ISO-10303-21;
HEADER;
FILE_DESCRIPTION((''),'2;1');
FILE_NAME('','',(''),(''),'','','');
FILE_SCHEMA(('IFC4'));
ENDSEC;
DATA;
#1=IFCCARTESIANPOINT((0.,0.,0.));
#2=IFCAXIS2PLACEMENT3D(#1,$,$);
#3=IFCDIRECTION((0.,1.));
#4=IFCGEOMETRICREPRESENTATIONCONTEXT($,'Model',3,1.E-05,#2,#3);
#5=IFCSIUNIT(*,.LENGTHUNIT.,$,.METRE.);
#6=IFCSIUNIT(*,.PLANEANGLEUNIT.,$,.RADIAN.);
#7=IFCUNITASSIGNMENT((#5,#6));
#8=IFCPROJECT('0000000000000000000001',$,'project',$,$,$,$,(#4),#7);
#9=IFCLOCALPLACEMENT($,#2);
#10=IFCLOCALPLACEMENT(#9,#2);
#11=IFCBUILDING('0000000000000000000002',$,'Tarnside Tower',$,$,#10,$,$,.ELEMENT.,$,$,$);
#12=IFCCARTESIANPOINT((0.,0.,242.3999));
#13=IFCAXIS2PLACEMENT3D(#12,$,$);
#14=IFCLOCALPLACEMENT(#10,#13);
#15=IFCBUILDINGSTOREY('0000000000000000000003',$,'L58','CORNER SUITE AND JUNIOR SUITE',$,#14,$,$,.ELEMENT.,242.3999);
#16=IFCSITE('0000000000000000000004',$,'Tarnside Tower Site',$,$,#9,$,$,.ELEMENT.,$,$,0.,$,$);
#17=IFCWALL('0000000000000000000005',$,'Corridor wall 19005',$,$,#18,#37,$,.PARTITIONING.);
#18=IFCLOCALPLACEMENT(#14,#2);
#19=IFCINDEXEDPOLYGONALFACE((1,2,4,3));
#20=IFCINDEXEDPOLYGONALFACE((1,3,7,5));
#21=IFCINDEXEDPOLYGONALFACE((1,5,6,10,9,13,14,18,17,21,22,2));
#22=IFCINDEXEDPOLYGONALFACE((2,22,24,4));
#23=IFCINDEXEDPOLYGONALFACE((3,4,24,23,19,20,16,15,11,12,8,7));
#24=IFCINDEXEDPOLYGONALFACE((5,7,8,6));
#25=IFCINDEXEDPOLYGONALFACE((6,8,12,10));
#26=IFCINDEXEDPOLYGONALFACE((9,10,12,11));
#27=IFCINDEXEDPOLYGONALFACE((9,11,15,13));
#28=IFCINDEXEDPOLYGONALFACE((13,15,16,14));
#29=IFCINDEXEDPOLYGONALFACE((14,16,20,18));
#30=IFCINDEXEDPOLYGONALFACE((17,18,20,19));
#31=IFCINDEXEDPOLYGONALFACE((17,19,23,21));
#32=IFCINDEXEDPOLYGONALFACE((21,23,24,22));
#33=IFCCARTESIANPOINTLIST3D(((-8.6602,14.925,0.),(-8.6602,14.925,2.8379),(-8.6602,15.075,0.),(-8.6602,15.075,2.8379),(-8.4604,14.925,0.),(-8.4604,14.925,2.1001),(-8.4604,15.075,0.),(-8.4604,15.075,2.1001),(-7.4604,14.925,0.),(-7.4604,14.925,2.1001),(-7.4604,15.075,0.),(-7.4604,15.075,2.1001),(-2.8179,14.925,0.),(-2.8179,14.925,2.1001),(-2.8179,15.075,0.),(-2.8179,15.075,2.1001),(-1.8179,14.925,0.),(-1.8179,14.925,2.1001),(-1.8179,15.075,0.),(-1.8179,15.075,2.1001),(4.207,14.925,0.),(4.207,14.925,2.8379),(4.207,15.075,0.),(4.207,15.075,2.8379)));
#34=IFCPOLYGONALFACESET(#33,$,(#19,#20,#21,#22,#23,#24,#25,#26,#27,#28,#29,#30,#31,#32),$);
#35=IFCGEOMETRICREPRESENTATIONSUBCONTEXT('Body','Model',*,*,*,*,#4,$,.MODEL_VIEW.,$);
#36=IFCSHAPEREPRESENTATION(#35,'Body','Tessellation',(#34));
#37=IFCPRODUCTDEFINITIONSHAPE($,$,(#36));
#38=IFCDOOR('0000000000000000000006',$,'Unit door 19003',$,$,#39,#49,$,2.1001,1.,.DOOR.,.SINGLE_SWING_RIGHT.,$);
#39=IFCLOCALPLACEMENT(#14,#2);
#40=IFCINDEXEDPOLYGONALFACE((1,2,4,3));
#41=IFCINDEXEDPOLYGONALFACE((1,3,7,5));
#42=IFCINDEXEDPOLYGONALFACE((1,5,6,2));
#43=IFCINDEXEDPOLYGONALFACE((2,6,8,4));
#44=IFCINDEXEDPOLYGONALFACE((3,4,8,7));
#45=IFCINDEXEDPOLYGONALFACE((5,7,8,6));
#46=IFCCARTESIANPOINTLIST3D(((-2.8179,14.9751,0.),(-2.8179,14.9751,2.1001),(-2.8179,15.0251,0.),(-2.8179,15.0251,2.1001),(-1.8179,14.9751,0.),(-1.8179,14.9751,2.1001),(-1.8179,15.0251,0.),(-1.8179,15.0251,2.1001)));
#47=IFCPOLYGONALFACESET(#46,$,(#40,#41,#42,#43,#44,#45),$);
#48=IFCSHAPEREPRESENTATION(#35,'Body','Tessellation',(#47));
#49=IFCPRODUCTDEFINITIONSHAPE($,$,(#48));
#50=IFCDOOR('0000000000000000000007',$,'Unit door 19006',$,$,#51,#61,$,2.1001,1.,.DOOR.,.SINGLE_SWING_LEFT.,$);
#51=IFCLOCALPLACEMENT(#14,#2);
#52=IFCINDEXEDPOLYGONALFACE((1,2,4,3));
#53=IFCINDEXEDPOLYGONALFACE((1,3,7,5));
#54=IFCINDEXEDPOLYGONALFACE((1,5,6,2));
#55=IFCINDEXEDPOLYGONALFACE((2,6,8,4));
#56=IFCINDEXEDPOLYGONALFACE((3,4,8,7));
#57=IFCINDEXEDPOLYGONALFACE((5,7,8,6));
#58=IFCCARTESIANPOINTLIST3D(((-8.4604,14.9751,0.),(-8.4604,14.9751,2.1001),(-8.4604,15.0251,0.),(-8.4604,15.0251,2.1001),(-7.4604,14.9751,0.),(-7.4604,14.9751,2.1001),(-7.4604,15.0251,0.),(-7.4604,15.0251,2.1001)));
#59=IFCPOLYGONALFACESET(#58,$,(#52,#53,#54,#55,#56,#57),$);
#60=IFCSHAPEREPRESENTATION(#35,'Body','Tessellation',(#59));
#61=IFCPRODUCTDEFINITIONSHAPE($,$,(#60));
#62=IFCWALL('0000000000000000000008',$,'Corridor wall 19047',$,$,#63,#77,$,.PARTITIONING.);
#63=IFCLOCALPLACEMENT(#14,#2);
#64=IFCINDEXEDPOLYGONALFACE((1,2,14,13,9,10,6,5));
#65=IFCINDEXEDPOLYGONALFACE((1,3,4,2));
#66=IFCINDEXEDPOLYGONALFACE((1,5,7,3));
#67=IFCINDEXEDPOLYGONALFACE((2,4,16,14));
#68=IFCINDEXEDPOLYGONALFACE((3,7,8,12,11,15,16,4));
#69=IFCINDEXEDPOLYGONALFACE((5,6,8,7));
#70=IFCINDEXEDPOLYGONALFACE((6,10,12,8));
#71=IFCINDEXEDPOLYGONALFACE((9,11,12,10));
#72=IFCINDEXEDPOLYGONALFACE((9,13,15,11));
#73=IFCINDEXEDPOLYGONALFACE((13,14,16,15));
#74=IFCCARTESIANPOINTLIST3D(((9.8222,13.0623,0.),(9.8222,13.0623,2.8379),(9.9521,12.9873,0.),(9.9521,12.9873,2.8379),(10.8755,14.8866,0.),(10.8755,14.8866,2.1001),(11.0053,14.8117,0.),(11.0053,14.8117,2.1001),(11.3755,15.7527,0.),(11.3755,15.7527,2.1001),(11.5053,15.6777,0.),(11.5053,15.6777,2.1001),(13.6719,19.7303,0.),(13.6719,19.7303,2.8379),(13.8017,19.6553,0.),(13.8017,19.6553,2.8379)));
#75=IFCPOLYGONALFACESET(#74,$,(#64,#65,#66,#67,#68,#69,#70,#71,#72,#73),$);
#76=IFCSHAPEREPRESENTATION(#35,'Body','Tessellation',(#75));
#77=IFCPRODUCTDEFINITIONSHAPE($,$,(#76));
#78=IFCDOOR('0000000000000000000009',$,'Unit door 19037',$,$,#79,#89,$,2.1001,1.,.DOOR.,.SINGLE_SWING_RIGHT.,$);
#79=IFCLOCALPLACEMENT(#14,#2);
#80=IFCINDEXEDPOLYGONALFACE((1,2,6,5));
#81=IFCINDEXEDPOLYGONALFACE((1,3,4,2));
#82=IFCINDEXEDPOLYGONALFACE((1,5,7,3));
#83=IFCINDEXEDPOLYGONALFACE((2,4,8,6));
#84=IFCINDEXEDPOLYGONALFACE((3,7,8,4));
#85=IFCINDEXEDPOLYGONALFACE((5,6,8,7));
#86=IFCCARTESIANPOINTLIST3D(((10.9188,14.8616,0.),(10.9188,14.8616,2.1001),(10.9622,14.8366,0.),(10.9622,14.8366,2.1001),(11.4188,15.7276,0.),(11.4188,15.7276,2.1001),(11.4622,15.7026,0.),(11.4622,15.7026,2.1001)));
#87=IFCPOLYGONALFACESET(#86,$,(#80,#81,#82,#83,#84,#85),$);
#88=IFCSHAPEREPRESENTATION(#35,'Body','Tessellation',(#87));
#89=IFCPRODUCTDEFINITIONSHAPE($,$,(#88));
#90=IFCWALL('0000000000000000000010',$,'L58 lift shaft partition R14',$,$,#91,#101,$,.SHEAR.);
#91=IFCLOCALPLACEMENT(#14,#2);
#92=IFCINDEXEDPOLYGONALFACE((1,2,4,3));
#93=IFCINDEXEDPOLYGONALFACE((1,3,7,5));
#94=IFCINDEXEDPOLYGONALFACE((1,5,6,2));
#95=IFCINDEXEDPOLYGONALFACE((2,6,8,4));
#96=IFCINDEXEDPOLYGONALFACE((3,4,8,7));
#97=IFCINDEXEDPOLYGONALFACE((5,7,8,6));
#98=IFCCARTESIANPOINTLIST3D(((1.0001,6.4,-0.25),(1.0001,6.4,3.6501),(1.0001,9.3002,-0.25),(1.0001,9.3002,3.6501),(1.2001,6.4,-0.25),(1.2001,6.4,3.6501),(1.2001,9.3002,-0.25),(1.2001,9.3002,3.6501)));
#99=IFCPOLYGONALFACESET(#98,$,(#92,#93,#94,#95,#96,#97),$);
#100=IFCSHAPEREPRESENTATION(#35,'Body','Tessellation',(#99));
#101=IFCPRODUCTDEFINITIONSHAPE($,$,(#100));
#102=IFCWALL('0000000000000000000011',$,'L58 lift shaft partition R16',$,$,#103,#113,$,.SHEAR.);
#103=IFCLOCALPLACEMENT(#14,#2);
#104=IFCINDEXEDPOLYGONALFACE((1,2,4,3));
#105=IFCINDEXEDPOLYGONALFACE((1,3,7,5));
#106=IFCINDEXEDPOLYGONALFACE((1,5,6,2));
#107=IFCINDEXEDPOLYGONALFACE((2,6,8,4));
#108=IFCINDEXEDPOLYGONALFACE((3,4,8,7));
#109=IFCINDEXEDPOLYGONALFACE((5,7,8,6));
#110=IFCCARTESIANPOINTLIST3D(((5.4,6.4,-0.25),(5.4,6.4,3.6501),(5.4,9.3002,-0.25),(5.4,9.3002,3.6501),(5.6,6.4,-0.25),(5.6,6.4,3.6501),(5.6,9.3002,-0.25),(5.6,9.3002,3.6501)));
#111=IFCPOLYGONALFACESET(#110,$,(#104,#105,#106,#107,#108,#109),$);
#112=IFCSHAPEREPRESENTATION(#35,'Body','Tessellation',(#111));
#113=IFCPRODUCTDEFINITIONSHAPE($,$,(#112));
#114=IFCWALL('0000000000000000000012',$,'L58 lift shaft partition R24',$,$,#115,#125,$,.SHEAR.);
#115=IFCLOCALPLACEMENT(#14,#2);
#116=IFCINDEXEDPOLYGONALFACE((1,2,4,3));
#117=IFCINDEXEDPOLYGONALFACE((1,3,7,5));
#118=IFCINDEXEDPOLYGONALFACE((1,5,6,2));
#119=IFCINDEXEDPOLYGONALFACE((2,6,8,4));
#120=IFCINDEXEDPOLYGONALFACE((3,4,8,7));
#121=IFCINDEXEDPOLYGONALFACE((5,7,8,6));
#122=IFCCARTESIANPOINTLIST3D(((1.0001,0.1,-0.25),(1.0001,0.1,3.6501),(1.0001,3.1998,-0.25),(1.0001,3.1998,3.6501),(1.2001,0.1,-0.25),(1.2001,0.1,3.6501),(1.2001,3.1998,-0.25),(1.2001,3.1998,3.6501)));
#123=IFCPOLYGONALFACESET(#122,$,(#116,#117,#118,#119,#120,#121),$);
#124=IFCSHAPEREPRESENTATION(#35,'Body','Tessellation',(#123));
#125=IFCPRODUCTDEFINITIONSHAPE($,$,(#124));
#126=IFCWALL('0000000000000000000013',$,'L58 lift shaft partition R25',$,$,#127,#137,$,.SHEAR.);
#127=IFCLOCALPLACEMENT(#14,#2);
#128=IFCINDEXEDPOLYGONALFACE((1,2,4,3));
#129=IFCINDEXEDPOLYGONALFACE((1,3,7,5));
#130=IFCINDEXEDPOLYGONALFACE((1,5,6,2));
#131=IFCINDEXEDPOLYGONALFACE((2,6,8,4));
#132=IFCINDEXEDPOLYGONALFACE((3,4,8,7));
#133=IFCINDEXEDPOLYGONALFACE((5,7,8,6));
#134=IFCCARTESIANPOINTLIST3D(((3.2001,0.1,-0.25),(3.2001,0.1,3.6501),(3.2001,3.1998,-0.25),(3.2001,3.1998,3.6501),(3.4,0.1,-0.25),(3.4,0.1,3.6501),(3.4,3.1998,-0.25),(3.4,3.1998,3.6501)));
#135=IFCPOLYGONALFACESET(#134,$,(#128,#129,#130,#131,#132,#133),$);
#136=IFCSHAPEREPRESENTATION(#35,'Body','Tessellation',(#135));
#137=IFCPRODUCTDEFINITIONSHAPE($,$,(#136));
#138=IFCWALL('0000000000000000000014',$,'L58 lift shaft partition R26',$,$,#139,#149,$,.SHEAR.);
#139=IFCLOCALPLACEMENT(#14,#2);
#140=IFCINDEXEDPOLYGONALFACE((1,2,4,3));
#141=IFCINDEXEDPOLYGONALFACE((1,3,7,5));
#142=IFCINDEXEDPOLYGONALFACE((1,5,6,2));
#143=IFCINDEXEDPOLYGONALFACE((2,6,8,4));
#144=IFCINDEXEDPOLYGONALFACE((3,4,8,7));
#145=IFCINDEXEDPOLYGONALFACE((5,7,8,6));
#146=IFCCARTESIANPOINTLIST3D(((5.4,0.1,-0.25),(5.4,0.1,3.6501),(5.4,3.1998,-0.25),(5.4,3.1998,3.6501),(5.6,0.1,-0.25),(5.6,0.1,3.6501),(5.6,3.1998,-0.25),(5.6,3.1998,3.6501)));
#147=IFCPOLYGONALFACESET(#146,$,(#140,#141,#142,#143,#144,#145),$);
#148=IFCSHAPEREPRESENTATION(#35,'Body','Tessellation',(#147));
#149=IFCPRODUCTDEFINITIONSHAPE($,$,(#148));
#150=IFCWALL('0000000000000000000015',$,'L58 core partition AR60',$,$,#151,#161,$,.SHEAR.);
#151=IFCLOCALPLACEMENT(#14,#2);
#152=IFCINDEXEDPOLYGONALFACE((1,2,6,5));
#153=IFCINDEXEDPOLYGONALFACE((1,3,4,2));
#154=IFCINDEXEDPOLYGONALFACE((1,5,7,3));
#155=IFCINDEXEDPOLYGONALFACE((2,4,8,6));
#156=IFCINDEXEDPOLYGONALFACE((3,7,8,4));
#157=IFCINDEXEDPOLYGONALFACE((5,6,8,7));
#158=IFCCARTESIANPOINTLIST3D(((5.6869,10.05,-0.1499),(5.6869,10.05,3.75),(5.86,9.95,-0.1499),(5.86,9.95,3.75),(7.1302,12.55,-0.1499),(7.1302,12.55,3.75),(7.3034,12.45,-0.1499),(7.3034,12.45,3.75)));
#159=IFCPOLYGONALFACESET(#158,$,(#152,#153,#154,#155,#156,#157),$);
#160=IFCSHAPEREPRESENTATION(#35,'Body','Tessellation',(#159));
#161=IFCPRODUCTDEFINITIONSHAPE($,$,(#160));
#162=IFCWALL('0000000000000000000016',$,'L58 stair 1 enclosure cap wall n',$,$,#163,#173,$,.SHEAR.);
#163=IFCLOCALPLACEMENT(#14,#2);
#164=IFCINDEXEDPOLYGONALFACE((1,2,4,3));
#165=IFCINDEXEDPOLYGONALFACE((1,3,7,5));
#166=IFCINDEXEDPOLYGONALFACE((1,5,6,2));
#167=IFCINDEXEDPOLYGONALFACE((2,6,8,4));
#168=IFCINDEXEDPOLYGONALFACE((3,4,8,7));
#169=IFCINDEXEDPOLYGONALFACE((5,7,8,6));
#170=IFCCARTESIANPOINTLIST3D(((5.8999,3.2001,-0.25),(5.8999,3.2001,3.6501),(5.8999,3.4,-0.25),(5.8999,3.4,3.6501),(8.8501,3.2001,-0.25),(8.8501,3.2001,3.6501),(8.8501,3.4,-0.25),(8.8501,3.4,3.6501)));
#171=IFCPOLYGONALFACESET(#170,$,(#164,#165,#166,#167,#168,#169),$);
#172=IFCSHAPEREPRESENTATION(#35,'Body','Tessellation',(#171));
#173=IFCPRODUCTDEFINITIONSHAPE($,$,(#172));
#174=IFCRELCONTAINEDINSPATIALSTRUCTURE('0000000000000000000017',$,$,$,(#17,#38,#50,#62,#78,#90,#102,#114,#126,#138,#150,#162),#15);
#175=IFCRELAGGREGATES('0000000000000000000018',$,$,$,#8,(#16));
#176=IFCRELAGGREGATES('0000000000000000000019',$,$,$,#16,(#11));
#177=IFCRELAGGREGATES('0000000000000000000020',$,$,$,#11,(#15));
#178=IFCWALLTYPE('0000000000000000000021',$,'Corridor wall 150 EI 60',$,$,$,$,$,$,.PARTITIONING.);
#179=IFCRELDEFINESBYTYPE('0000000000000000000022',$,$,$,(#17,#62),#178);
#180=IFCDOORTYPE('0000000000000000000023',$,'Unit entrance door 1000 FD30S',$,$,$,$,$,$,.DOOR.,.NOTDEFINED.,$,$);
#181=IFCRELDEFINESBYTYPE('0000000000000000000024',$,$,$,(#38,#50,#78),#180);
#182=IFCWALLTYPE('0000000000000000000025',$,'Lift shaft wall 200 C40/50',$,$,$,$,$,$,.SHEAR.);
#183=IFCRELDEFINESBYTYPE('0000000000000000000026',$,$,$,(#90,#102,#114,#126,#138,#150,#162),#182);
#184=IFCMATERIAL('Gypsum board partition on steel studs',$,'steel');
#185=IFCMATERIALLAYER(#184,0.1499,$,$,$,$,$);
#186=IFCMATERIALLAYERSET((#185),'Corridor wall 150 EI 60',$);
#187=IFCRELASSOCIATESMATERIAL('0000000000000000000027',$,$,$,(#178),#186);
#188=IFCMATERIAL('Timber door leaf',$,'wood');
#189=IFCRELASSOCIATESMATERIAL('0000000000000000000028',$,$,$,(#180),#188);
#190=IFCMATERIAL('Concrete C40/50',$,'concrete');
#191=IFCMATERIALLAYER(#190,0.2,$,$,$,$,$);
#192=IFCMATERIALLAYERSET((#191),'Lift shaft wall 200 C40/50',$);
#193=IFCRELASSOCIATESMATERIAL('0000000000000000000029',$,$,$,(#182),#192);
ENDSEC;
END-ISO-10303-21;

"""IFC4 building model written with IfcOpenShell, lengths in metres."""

from ifc_helpers import new_model, si_unit, direction, frame, frame_2d, origin, place, context, subcontext, project, spatial, rectangle, extrude, material, layer, layer_set, type_object, element, fill, save


model = new_model("IFC4")

# Units and contexts
model_context = context("Model", 3, precision=1e-05, world=origin(), true_north=direction((0.0, 1.0)))
body_context = subcontext(model_context, "Body", "Model", "MODEL_VIEW")
ifc_project = project(units=[si_unit("LENGTHUNIT", "METRE"), si_unit("PLANEANGLEUNIT", "RADIAN")], contexts=[model_context])

# Site, building, storey
site_placement = place(None, origin())
site = spatial("IfcSite", under=ifc_project, at=site_placement, Name="Tarnside Tower Site", CompositionType="ELEMENT", RefElevation=0.0)
building_placement = place(site_placement, origin())
building = spatial("IfcBuilding", under=site, at=building_placement, Name="Tarnside Tower", CompositionType="ELEMENT")
storey_placement = place(building_placement, frame((0.0, 0.0, 242.3999)))
storey = spatial("IfcBuildingStorey", under=building, at=storey_placement, Name="L58", Description="CORNER SUITE AND JUNIOR SUITE", CompositionType="ELEMENT", Elevation=242.3999)

# Shared definitions
ifc_material_1 = material(Name="Gypsum board partition on steel studs", Category="steel")
ifc_material_2 = material(Name="Timber door leaf", Category="wood")

# Wall, openings, doors
ifc_layer_1 = layer(ifc_material_1, 0.1499)
ifc_layer_set_1 = layer_set([ifc_layer_1], Name="Corridor wall 150 EI 60")
wall_type_1 = type_object("IfcWallType", Name="Corridor wall 150 EI 60", PredefinedType="PARTITIONING", material=ifc_layer_set_1)
wall_1_placement = place(storey_placement, frame((4.207, 15.0, 0.0), z_axis=(0.0, 0.0, 1.0), x_axis=(-1.0, 0.0, 0.0)))
wall_1 = element("IfcWall", 1, at=wall_1_placement, inside=storey, type_object=wall_type_1, Name="Corridor wall 19005", PredefinedType="PARTITIONING", context=body_context, shape_type="SweptSolid", body=[
    extrude(rectangle(XDim=12.8672, YDim=0.1499, at=frame_2d((6.4336, 0.0))), origin(), (0.0, 0.0, 1.0), 2.8379),
])
opening_1_placement = place(wall_1_placement, frame((6.0249, 0.0, 0.0)))
opening_1 = element("IfcOpeningElement", 2, at=opening_1_placement, cuts=wall_1, PredefinedType="OPENING", context=body_context, shape_type="SweptSolid", body=[
    extrude(rectangle(XDim=1.0, YDim=2.1001, at=frame_2d((0.5, 1.05))), frame((0.0, 0.085, 0.0), z_axis=(0.0, -1.0, 0.0), x_axis=(1.0, 0.0, 0.0)), (0.0, 0.0, 1.0), 0.1699),
])
opening_2_placement = place(wall_1_placement, frame((11.6675, 0.0, 0.0)))
opening_2 = element("IfcOpeningElement", 3, at=opening_2_placement, cuts=wall_1, PredefinedType="OPENING", context=body_context, shape_type="SweptSolid", body=[
    extrude(rectangle(XDim=1.0, YDim=2.1001, at=frame_2d((0.5, 1.05))), frame((0.0, 0.085, 0.0), z_axis=(0.0, -1.0, 0.0), x_axis=(1.0, 0.0, 0.0)), (0.0, 0.0, 1.0), 0.1699),
])
door_type_1 = type_object("IfcDoorType", Name="Unit entrance door 1000 FD30S", OperationType="NOTDEFINED", PredefinedType="DOOR", material=ifc_material_2)
door_1_placement = place(opening_1_placement, origin())
door_1 = element("IfcDoor", 4, at=door_1_placement, inside=storey, type_object=door_type_1, Name="Unit door 19003", OperationType="SINGLE_SWING_RIGHT", OverallHeight=2.1001, OverallWidth=1.0, PredefinedType="DOOR", context=body_context, shape_type="SweptSolid", body=[
    extrude(rectangle(XDim=1.0, YDim=2.1001, at=frame_2d((0.5, 1.05))), frame((0.0, 0.0249, 0.0), z_axis=(0.0, -1.0, 0.0), x_axis=(1.0, 0.0, 0.0)), (0.0, 0.0, 1.0), 0.05),
])
fill(opening_1, door_1)
door_2_placement = place(opening_2_placement, origin())
door_2 = element("IfcDoor", 5, at=door_2_placement, inside=storey, type_object=door_type_1, Name="Unit door 19006", OperationType="SINGLE_SWING_LEFT", OverallHeight=2.1001, OverallWidth=1.0, PredefinedType="DOOR", context=body_context, shape_type="SweptSolid", body=[
    extrude(rectangle(XDim=1.0, YDim=2.1001, at=frame_2d((0.5, 1.05))), frame((0.0, 0.0249, 0.0), z_axis=(0.0, -1.0, 0.0), x_axis=(1.0, 0.0, 0.0)), (0.0, 0.0, 1.0), 0.05),
])
fill(opening_2, door_2)

# Wall, opening, door
wall_2_placement = place(storey_placement, frame((9.8872, 13.0249, 0.0), z_axis=(0.0, 0.0, 1.0), x_axis=(0.499986, 0.866034, 0.0)))
wall_2 = element("IfcWall", 6, at=wall_2_placement, inside=storey, type_object=wall_type_1, Name="Corridor wall 19047", PredefinedType="PARTITIONING", context=body_context, shape_type="SweptSolid", body=[
    extrude(rectangle(XDim=7.6995, YDim=0.1499, at=frame_2d((3.8496, 0.0))), origin(), (0.0, 0.0, 1.0), 2.8379),
])
opening_3_placement = place(wall_2_placement, frame((2.1064, 0.0, 0.0)))
opening_3 = element("IfcOpeningElement", 7, at=opening_3_placement, cuts=wall_2, PredefinedType="OPENING", context=body_context, shape_type="SweptSolid", body=[
    extrude(rectangle(XDim=1.0, YDim=2.1001, at=frame_2d((0.5, 1.05))), frame((0.0, 0.085, 0.0), z_axis=(0.0, -1.0, 0.0), x_axis=(1.0, 0.0, 0.0)), (0.0, 0.0, 1.0), 0.1699),
])
door_3_placement = place(opening_3_placement, origin())
door_3 = element("IfcDoor", 8, at=door_3_placement, inside=storey, type_object=door_type_1, Name="Unit door 19037", OperationType="SINGLE_SWING_RIGHT", OverallHeight=2.1001, OverallWidth=1.0, PredefinedType="DOOR", context=body_context, shape_type="SweptSolid", body=[
    extrude(rectangle(XDim=1.0, YDim=2.1001, at=frame_2d((0.5, 1.05))), frame((0.0, 0.0249, 0.0), z_axis=(0.0, -1.0, 0.0), x_axis=(1.0, 0.0, 0.0)), (0.0, 0.0, 1.0), 0.05),
])
fill(opening_3, door_3)

# Walls
ifc_material_3 = material(Name="Concrete C40/50", Category="concrete")
ifc_layer_2 = layer(ifc_material_3, 0.2)
ifc_layer_set_2 = layer_set([ifc_layer_2], Name="Lift shaft wall 200 C40/50")
wall_type_2 = type_object("IfcWallType", Name="Lift shaft wall 200 C40/50", PredefinedType="SHEAR", material=ifc_layer_set_2)
for number, where, z_axis, x_axis, name in (
    (9, (1.1001, 6.3999, -0.25), (0.0, 0.0, 1.0), (0.0, 1.0, 0.0), "L58 lift shaft partition R14"),
    (10, (5.5, 6.3999, -0.25), (0.0, 0.0, 1.0), (0.0, 1.0, 0.0), "L58 lift shaft partition R16"),
):
    element("IfcWall", number, at=place(storey_placement, frame(where, z_axis=z_axis, x_axis=x_axis)), inside=storey, type_object=wall_type_2, Name=name, PredefinedType="SHEAR", context=body_context, shape_type="SweptSolid", body=[
        extrude(rectangle(XDim=2.9001, YDim=0.2, at=frame_2d((1.4502, 0.0))), origin(), (0.0, 0.0, 1.0), 3.9001),
    ])
for number, where, z_axis, x_axis, name in (
    (11, (1.1001, 0.1001, -0.25), (0.0, 0.0, 1.0), (0.0, 1.0, 0.0), "L58 lift shaft partition R24"),
    (12, (3.3, 0.1001, -0.25), (0.0, 0.0, 1.0), (0.0, 1.0, 0.0), "L58 lift shaft partition R25"),
    (13, (5.5, 0.1001, -0.25), (0.0, 0.0, 1.0), (0.0, 1.0, 0.0), "L58 lift shaft partition R26"),
):
    element("IfcWall", number, at=place(storey_placement, frame(where, z_axis=z_axis, x_axis=x_axis)), inside=storey, type_object=wall_type_2, Name=name, PredefinedType="SHEAR", context=body_context, shape_type="SweptSolid", body=[
        extrude(rectangle(XDim=3.0999, YDim=0.2, at=frame_2d((1.5498, 0.0))), origin(), (0.0, 0.0, 1.0), 3.9001),
    ])
wall_3_placement = place(storey_placement, frame((5.7734, 10.0, -0.1499), z_axis=(0.0, 0.0, 1.0), x_axis=(0.499996, 0.866028, 0.0)))
element("IfcWall", 14, at=wall_3_placement, inside=storey, type_object=wall_type_2, Name="L58 core partition AR60", PredefinedType="SHEAR", context=body_context, shape_type="SweptSolid", body=[
    extrude(rectangle(XDim=2.8867, YDim=0.2, at=frame_2d((1.4434, 0.0))), origin(), (0.0, 0.0, 1.0), 3.8999),
])
wall_4_placement = place(storey_placement, frame((5.8999, 3.3, -0.25), z_axis=(0.0, 0.0, 1.0), x_axis=(1.0, 0.0, 0.0)))
element("IfcWall", 15, at=wall_4_placement, inside=storey, type_object=wall_type_2, Name="L58 stair 1 enclosure cap wall n", PredefinedType="SHEAR", context=body_context, shape_type="SweptSolid", body=[
    extrude(rectangle(XDim=2.9502, YDim=0.2, at=frame_2d((1.4751, 0.0))), origin(), (0.0, 0.0, 1.0), 3.9001),
])

save(model, "model.ifc")
